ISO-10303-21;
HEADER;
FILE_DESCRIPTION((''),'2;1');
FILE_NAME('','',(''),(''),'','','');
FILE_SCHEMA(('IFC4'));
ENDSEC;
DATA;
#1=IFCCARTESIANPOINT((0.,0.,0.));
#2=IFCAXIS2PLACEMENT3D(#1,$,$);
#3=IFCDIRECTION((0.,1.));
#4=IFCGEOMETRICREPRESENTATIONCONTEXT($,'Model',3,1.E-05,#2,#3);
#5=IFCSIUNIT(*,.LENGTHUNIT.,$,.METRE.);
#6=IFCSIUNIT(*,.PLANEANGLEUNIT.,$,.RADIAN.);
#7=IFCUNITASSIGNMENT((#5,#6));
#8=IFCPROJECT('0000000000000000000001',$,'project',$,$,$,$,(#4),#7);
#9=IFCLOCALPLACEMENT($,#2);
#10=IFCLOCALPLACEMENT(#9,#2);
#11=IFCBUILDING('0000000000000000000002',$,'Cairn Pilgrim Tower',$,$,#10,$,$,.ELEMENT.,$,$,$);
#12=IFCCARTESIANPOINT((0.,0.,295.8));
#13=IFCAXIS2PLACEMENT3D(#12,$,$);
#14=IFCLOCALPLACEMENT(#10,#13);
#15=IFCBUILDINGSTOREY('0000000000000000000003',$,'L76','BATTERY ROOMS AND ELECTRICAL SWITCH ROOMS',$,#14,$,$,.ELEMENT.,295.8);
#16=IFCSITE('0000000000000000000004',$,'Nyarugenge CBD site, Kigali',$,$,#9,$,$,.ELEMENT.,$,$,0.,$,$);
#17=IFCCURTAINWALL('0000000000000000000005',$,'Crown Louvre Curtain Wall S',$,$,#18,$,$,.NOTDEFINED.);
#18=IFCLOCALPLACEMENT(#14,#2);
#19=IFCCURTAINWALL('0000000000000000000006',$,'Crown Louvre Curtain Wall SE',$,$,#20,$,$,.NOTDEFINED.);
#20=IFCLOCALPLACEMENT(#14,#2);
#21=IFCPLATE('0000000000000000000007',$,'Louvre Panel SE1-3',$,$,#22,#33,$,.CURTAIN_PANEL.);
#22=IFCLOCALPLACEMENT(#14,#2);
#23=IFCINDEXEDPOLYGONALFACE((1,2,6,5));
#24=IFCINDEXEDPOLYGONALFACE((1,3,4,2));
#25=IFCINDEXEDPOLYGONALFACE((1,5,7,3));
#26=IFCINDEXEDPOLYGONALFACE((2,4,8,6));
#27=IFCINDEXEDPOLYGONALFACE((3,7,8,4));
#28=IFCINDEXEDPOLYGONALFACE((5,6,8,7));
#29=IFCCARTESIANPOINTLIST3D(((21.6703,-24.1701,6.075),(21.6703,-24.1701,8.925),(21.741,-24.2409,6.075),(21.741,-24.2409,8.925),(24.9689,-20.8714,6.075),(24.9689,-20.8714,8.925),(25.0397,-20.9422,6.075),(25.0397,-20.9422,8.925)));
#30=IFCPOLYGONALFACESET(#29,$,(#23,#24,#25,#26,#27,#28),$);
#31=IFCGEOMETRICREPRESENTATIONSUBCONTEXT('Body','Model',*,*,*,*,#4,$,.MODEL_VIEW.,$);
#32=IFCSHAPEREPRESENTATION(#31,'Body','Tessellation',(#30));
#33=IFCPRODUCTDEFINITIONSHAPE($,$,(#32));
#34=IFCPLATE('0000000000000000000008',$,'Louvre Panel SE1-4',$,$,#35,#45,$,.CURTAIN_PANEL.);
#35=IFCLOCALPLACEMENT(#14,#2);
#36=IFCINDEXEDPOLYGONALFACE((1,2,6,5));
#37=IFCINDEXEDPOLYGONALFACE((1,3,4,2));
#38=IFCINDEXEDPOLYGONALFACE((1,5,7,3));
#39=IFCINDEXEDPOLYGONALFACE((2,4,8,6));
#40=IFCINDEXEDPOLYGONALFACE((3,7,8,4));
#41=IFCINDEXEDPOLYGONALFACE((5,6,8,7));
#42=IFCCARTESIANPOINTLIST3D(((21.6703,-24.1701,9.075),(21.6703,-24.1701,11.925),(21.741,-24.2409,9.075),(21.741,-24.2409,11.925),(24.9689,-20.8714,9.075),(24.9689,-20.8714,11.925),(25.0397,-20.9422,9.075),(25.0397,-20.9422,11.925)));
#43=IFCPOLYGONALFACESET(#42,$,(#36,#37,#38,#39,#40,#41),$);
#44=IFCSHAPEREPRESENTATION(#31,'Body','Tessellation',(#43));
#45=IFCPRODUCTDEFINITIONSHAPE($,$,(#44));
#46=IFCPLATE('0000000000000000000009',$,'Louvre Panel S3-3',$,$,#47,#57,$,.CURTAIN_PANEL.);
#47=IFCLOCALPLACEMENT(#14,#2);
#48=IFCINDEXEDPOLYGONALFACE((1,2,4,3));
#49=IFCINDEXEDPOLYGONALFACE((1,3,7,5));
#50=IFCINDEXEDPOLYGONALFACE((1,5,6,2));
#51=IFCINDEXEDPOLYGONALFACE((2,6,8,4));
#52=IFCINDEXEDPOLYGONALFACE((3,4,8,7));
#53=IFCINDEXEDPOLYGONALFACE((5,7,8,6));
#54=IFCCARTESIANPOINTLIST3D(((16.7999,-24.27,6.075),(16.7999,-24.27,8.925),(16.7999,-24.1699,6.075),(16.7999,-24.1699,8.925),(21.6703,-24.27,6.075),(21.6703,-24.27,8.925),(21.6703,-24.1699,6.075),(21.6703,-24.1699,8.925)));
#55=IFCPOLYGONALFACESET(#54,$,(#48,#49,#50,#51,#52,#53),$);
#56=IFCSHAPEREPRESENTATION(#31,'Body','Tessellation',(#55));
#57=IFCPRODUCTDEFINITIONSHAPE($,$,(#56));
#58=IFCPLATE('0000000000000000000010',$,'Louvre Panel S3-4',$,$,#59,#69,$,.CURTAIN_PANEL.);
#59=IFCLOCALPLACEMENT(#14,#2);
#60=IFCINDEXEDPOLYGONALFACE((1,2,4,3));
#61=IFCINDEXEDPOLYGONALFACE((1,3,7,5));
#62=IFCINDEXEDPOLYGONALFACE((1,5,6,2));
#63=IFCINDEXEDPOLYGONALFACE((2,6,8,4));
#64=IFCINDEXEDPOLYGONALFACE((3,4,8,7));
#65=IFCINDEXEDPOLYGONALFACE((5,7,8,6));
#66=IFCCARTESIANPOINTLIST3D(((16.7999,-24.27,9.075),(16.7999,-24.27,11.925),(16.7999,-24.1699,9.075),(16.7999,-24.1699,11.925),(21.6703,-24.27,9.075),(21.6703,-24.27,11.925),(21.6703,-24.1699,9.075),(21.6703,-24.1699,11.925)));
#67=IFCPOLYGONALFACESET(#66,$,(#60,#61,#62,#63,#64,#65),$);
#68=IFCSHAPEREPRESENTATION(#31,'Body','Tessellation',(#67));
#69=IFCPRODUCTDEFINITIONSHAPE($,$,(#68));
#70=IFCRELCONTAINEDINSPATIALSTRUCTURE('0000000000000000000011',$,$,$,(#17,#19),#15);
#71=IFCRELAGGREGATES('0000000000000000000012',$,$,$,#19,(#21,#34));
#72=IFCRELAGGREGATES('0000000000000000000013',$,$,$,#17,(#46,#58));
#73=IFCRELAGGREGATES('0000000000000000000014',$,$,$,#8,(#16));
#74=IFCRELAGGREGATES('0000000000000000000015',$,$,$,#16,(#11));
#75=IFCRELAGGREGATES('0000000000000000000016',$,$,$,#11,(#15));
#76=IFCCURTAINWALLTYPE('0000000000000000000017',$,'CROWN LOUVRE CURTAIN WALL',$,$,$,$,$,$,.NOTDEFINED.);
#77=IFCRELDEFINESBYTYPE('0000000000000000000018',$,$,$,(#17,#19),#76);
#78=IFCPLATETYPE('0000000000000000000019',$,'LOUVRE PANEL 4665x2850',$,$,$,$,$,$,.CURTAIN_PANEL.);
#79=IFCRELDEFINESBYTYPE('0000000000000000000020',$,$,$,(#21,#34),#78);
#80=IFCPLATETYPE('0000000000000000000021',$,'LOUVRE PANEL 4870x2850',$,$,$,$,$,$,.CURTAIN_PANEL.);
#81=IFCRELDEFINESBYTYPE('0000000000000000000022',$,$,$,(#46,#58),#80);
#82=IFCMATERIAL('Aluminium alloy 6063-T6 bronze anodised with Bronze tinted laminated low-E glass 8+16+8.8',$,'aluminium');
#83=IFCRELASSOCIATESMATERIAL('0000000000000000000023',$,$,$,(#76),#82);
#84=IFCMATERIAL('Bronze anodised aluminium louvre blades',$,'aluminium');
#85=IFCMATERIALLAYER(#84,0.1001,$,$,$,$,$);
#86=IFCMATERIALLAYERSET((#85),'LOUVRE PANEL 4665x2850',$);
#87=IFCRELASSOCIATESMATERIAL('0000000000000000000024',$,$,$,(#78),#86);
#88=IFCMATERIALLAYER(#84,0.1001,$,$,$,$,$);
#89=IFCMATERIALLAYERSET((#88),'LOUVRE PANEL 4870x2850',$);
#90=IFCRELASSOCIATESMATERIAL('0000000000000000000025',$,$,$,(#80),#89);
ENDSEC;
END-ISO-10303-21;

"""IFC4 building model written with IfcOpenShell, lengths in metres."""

from ifc_helpers import new_model, si_unit, direction, frame, origin, origin_2d, place, context, subcontext, project, spatial, rectangle, extrude, material, layer, layer_set, type_object, element, aggregate, save


model = new_model("IFC4")

# Units and contexts
model_context = context("Model", 3, precision=1e-05, world=origin(), true_north=direction((0.0, 1.0)))
body_context = subcontext(model_context, "Body", "Model", "MODEL_VIEW")
ifc_project = project(units=[si_unit("LENGTHUNIT", "METRE"), si_unit("PLANEANGLEUNIT", "RADIAN")], contexts=[model_context])

# Site, building, storey
site_placement = place(None, origin())
site = spatial("IfcSite", under=ifc_project, at=site_placement, Name="Nyarugenge CBD site, Kigali", CompositionType="ELEMENT", RefElevation=0.0)
building_placement = place(site_placement, origin())
building = spatial("IfcBuilding", under=site, at=building_placement, Name="Cairn Pilgrim Tower", CompositionType="ELEMENT")
storey_placement = place(building_placement, frame((0.0, 0.0, 295.8)))
storey = spatial("IfcBuildingStorey", under=building, at=storey_placement, Name="L76", Description="BATTERY ROOMS AND ELECTRICAL SWITCH ROOMS", CompositionType="ELEMENT", Elevation=295.8)

# Curtain walls
ifc_material_1 = material(Name="Aluminium alloy 6063-T6 bronze anodised with Bronze tinted laminated low-E glass 8+16+8.8", Category="aluminium")
curtain_wall_type = type_object("IfcCurtainWallType", Name="CROWN LOUVRE CURTAIN WALL", PredefinedType="NOTDEFINED", material=ifc_material_1)
curtain_wall_1_placement = place(storey_placement, origin())
curtain_wall_1 = element("IfcCurtainWall", 1, at=curtain_wall_1_placement, inside=storey, type_object=curtain_wall_type, Name="Crown Louvre Curtain Wall S", PredefinedType="NOTDEFINED")
curtain_wall_2_placement = place(storey_placement, origin())
curtain_wall_2 = element("IfcCurtainWall", 2, at=curtain_wall_2_placement, inside=storey, type_object=curtain_wall_type, Name="Crown Louvre Curtain Wall SE", PredefinedType="NOTDEFINED")

# Plates
ifc_material_2 = material(Name="Bronze anodised aluminium louvre blades", Category="aluminium")
ifc_layer_1 = layer(ifc_material_2, 0.1001)
ifc_layer_set_1 = layer_set([ifc_layer_1], Name="LOUVRE PANEL 4665x2850")
plate_type_1 = type_object("IfcPlateType", Name="LOUVRE PANEL 4665x2850", PredefinedType="CURTAIN_PANEL", material=ifc_layer_set_1)
plate_1_placement = place(storey_placement, frame((23.355, -22.5562, 6.075), z_axis=(0.0, 0.0, 1.0), x_axis=(0.707107, 0.707107, 0.0)))
plate_1 = element("IfcPlate", 3, at=plate_1_placement, type_object=plate_type_1, Name="Louvre Panel SE1-3", PredefinedType="CURTAIN_PANEL", context=body_context, shape_type="SweptSolid", body=[
    extrude(rectangle(XDim=4.665, YDim=0.1001, at=origin_2d()), origin(), (0.0, 0.0, 1.0), 2.8501),
])
plate_2_placement = place(storey_placement, frame((23.355, -22.5562, 9.075), z_axis=(0.0, 0.0, 1.0), x_axis=(0.707107, 0.707107, 0.0)))
plate_2 = element("IfcPlate", 4, at=plate_2_placement, type_object=plate_type_1, Name="Louvre Panel SE1-4", PredefinedType="CURTAIN_PANEL", context=body_context, shape_type="SweptSolid", body=[
    extrude(rectangle(XDim=4.665, YDim=0.1001, at=origin_2d()), origin(), (0.0, 0.0, 1.0), 2.8501),
])
aggregate(curtain_wall_2, [plate_1, plate_2])
ifc_layer_2 = layer(ifc_material_2, 0.1001)
ifc_layer_set_2 = layer_set([ifc_layer_2], Name="LOUVRE PANEL 4870x2850")
plate_type_2 = type_object("IfcPlateType", Name="LOUVRE PANEL 4870x2850", PredefinedType="CURTAIN_PANEL", material=ifc_layer_set_2)
plate_3_placement = place(storey_placement, frame((19.2351, -24.22, 6.075), z_axis=(0.0, 0.0, 1.0), x_axis=(1.0, 0.0, 0.0)))
plate_3 = element("IfcPlate", 5, at=plate_3_placement, type_object=plate_type_2, Name="Louvre Panel S3-3", PredefinedType="CURTAIN_PANEL", context=body_context, shape_type="SweptSolid", body=[
    extrude(rectangle(XDim=4.8704, YDim=0.1001, at=origin_2d()), origin(), (0.0, 0.0, 1.0), 2.8501),
])
plate_4_placement = place(storey_placement, frame((19.2351, -24.22, 9.075), z_axis=(0.0, 0.0, 1.0), x_axis=(1.0, 0.0, 0.0)))
plate_4 = element("IfcPlate", 6, at=plate_4_placement, type_object=plate_type_2, Name="Louvre Panel S3-4", PredefinedType="CURTAIN_PANEL", context=body_context, shape_type="SweptSolid", body=[
    extrude(rectangle(XDim=4.8704, YDim=0.1001, at=origin_2d()), origin(), (0.0, 0.0, 1.0), 2.8501),
])
aggregate(curtain_wall_1, [plate_3, plate_4])

save(model, "model.ifc")
